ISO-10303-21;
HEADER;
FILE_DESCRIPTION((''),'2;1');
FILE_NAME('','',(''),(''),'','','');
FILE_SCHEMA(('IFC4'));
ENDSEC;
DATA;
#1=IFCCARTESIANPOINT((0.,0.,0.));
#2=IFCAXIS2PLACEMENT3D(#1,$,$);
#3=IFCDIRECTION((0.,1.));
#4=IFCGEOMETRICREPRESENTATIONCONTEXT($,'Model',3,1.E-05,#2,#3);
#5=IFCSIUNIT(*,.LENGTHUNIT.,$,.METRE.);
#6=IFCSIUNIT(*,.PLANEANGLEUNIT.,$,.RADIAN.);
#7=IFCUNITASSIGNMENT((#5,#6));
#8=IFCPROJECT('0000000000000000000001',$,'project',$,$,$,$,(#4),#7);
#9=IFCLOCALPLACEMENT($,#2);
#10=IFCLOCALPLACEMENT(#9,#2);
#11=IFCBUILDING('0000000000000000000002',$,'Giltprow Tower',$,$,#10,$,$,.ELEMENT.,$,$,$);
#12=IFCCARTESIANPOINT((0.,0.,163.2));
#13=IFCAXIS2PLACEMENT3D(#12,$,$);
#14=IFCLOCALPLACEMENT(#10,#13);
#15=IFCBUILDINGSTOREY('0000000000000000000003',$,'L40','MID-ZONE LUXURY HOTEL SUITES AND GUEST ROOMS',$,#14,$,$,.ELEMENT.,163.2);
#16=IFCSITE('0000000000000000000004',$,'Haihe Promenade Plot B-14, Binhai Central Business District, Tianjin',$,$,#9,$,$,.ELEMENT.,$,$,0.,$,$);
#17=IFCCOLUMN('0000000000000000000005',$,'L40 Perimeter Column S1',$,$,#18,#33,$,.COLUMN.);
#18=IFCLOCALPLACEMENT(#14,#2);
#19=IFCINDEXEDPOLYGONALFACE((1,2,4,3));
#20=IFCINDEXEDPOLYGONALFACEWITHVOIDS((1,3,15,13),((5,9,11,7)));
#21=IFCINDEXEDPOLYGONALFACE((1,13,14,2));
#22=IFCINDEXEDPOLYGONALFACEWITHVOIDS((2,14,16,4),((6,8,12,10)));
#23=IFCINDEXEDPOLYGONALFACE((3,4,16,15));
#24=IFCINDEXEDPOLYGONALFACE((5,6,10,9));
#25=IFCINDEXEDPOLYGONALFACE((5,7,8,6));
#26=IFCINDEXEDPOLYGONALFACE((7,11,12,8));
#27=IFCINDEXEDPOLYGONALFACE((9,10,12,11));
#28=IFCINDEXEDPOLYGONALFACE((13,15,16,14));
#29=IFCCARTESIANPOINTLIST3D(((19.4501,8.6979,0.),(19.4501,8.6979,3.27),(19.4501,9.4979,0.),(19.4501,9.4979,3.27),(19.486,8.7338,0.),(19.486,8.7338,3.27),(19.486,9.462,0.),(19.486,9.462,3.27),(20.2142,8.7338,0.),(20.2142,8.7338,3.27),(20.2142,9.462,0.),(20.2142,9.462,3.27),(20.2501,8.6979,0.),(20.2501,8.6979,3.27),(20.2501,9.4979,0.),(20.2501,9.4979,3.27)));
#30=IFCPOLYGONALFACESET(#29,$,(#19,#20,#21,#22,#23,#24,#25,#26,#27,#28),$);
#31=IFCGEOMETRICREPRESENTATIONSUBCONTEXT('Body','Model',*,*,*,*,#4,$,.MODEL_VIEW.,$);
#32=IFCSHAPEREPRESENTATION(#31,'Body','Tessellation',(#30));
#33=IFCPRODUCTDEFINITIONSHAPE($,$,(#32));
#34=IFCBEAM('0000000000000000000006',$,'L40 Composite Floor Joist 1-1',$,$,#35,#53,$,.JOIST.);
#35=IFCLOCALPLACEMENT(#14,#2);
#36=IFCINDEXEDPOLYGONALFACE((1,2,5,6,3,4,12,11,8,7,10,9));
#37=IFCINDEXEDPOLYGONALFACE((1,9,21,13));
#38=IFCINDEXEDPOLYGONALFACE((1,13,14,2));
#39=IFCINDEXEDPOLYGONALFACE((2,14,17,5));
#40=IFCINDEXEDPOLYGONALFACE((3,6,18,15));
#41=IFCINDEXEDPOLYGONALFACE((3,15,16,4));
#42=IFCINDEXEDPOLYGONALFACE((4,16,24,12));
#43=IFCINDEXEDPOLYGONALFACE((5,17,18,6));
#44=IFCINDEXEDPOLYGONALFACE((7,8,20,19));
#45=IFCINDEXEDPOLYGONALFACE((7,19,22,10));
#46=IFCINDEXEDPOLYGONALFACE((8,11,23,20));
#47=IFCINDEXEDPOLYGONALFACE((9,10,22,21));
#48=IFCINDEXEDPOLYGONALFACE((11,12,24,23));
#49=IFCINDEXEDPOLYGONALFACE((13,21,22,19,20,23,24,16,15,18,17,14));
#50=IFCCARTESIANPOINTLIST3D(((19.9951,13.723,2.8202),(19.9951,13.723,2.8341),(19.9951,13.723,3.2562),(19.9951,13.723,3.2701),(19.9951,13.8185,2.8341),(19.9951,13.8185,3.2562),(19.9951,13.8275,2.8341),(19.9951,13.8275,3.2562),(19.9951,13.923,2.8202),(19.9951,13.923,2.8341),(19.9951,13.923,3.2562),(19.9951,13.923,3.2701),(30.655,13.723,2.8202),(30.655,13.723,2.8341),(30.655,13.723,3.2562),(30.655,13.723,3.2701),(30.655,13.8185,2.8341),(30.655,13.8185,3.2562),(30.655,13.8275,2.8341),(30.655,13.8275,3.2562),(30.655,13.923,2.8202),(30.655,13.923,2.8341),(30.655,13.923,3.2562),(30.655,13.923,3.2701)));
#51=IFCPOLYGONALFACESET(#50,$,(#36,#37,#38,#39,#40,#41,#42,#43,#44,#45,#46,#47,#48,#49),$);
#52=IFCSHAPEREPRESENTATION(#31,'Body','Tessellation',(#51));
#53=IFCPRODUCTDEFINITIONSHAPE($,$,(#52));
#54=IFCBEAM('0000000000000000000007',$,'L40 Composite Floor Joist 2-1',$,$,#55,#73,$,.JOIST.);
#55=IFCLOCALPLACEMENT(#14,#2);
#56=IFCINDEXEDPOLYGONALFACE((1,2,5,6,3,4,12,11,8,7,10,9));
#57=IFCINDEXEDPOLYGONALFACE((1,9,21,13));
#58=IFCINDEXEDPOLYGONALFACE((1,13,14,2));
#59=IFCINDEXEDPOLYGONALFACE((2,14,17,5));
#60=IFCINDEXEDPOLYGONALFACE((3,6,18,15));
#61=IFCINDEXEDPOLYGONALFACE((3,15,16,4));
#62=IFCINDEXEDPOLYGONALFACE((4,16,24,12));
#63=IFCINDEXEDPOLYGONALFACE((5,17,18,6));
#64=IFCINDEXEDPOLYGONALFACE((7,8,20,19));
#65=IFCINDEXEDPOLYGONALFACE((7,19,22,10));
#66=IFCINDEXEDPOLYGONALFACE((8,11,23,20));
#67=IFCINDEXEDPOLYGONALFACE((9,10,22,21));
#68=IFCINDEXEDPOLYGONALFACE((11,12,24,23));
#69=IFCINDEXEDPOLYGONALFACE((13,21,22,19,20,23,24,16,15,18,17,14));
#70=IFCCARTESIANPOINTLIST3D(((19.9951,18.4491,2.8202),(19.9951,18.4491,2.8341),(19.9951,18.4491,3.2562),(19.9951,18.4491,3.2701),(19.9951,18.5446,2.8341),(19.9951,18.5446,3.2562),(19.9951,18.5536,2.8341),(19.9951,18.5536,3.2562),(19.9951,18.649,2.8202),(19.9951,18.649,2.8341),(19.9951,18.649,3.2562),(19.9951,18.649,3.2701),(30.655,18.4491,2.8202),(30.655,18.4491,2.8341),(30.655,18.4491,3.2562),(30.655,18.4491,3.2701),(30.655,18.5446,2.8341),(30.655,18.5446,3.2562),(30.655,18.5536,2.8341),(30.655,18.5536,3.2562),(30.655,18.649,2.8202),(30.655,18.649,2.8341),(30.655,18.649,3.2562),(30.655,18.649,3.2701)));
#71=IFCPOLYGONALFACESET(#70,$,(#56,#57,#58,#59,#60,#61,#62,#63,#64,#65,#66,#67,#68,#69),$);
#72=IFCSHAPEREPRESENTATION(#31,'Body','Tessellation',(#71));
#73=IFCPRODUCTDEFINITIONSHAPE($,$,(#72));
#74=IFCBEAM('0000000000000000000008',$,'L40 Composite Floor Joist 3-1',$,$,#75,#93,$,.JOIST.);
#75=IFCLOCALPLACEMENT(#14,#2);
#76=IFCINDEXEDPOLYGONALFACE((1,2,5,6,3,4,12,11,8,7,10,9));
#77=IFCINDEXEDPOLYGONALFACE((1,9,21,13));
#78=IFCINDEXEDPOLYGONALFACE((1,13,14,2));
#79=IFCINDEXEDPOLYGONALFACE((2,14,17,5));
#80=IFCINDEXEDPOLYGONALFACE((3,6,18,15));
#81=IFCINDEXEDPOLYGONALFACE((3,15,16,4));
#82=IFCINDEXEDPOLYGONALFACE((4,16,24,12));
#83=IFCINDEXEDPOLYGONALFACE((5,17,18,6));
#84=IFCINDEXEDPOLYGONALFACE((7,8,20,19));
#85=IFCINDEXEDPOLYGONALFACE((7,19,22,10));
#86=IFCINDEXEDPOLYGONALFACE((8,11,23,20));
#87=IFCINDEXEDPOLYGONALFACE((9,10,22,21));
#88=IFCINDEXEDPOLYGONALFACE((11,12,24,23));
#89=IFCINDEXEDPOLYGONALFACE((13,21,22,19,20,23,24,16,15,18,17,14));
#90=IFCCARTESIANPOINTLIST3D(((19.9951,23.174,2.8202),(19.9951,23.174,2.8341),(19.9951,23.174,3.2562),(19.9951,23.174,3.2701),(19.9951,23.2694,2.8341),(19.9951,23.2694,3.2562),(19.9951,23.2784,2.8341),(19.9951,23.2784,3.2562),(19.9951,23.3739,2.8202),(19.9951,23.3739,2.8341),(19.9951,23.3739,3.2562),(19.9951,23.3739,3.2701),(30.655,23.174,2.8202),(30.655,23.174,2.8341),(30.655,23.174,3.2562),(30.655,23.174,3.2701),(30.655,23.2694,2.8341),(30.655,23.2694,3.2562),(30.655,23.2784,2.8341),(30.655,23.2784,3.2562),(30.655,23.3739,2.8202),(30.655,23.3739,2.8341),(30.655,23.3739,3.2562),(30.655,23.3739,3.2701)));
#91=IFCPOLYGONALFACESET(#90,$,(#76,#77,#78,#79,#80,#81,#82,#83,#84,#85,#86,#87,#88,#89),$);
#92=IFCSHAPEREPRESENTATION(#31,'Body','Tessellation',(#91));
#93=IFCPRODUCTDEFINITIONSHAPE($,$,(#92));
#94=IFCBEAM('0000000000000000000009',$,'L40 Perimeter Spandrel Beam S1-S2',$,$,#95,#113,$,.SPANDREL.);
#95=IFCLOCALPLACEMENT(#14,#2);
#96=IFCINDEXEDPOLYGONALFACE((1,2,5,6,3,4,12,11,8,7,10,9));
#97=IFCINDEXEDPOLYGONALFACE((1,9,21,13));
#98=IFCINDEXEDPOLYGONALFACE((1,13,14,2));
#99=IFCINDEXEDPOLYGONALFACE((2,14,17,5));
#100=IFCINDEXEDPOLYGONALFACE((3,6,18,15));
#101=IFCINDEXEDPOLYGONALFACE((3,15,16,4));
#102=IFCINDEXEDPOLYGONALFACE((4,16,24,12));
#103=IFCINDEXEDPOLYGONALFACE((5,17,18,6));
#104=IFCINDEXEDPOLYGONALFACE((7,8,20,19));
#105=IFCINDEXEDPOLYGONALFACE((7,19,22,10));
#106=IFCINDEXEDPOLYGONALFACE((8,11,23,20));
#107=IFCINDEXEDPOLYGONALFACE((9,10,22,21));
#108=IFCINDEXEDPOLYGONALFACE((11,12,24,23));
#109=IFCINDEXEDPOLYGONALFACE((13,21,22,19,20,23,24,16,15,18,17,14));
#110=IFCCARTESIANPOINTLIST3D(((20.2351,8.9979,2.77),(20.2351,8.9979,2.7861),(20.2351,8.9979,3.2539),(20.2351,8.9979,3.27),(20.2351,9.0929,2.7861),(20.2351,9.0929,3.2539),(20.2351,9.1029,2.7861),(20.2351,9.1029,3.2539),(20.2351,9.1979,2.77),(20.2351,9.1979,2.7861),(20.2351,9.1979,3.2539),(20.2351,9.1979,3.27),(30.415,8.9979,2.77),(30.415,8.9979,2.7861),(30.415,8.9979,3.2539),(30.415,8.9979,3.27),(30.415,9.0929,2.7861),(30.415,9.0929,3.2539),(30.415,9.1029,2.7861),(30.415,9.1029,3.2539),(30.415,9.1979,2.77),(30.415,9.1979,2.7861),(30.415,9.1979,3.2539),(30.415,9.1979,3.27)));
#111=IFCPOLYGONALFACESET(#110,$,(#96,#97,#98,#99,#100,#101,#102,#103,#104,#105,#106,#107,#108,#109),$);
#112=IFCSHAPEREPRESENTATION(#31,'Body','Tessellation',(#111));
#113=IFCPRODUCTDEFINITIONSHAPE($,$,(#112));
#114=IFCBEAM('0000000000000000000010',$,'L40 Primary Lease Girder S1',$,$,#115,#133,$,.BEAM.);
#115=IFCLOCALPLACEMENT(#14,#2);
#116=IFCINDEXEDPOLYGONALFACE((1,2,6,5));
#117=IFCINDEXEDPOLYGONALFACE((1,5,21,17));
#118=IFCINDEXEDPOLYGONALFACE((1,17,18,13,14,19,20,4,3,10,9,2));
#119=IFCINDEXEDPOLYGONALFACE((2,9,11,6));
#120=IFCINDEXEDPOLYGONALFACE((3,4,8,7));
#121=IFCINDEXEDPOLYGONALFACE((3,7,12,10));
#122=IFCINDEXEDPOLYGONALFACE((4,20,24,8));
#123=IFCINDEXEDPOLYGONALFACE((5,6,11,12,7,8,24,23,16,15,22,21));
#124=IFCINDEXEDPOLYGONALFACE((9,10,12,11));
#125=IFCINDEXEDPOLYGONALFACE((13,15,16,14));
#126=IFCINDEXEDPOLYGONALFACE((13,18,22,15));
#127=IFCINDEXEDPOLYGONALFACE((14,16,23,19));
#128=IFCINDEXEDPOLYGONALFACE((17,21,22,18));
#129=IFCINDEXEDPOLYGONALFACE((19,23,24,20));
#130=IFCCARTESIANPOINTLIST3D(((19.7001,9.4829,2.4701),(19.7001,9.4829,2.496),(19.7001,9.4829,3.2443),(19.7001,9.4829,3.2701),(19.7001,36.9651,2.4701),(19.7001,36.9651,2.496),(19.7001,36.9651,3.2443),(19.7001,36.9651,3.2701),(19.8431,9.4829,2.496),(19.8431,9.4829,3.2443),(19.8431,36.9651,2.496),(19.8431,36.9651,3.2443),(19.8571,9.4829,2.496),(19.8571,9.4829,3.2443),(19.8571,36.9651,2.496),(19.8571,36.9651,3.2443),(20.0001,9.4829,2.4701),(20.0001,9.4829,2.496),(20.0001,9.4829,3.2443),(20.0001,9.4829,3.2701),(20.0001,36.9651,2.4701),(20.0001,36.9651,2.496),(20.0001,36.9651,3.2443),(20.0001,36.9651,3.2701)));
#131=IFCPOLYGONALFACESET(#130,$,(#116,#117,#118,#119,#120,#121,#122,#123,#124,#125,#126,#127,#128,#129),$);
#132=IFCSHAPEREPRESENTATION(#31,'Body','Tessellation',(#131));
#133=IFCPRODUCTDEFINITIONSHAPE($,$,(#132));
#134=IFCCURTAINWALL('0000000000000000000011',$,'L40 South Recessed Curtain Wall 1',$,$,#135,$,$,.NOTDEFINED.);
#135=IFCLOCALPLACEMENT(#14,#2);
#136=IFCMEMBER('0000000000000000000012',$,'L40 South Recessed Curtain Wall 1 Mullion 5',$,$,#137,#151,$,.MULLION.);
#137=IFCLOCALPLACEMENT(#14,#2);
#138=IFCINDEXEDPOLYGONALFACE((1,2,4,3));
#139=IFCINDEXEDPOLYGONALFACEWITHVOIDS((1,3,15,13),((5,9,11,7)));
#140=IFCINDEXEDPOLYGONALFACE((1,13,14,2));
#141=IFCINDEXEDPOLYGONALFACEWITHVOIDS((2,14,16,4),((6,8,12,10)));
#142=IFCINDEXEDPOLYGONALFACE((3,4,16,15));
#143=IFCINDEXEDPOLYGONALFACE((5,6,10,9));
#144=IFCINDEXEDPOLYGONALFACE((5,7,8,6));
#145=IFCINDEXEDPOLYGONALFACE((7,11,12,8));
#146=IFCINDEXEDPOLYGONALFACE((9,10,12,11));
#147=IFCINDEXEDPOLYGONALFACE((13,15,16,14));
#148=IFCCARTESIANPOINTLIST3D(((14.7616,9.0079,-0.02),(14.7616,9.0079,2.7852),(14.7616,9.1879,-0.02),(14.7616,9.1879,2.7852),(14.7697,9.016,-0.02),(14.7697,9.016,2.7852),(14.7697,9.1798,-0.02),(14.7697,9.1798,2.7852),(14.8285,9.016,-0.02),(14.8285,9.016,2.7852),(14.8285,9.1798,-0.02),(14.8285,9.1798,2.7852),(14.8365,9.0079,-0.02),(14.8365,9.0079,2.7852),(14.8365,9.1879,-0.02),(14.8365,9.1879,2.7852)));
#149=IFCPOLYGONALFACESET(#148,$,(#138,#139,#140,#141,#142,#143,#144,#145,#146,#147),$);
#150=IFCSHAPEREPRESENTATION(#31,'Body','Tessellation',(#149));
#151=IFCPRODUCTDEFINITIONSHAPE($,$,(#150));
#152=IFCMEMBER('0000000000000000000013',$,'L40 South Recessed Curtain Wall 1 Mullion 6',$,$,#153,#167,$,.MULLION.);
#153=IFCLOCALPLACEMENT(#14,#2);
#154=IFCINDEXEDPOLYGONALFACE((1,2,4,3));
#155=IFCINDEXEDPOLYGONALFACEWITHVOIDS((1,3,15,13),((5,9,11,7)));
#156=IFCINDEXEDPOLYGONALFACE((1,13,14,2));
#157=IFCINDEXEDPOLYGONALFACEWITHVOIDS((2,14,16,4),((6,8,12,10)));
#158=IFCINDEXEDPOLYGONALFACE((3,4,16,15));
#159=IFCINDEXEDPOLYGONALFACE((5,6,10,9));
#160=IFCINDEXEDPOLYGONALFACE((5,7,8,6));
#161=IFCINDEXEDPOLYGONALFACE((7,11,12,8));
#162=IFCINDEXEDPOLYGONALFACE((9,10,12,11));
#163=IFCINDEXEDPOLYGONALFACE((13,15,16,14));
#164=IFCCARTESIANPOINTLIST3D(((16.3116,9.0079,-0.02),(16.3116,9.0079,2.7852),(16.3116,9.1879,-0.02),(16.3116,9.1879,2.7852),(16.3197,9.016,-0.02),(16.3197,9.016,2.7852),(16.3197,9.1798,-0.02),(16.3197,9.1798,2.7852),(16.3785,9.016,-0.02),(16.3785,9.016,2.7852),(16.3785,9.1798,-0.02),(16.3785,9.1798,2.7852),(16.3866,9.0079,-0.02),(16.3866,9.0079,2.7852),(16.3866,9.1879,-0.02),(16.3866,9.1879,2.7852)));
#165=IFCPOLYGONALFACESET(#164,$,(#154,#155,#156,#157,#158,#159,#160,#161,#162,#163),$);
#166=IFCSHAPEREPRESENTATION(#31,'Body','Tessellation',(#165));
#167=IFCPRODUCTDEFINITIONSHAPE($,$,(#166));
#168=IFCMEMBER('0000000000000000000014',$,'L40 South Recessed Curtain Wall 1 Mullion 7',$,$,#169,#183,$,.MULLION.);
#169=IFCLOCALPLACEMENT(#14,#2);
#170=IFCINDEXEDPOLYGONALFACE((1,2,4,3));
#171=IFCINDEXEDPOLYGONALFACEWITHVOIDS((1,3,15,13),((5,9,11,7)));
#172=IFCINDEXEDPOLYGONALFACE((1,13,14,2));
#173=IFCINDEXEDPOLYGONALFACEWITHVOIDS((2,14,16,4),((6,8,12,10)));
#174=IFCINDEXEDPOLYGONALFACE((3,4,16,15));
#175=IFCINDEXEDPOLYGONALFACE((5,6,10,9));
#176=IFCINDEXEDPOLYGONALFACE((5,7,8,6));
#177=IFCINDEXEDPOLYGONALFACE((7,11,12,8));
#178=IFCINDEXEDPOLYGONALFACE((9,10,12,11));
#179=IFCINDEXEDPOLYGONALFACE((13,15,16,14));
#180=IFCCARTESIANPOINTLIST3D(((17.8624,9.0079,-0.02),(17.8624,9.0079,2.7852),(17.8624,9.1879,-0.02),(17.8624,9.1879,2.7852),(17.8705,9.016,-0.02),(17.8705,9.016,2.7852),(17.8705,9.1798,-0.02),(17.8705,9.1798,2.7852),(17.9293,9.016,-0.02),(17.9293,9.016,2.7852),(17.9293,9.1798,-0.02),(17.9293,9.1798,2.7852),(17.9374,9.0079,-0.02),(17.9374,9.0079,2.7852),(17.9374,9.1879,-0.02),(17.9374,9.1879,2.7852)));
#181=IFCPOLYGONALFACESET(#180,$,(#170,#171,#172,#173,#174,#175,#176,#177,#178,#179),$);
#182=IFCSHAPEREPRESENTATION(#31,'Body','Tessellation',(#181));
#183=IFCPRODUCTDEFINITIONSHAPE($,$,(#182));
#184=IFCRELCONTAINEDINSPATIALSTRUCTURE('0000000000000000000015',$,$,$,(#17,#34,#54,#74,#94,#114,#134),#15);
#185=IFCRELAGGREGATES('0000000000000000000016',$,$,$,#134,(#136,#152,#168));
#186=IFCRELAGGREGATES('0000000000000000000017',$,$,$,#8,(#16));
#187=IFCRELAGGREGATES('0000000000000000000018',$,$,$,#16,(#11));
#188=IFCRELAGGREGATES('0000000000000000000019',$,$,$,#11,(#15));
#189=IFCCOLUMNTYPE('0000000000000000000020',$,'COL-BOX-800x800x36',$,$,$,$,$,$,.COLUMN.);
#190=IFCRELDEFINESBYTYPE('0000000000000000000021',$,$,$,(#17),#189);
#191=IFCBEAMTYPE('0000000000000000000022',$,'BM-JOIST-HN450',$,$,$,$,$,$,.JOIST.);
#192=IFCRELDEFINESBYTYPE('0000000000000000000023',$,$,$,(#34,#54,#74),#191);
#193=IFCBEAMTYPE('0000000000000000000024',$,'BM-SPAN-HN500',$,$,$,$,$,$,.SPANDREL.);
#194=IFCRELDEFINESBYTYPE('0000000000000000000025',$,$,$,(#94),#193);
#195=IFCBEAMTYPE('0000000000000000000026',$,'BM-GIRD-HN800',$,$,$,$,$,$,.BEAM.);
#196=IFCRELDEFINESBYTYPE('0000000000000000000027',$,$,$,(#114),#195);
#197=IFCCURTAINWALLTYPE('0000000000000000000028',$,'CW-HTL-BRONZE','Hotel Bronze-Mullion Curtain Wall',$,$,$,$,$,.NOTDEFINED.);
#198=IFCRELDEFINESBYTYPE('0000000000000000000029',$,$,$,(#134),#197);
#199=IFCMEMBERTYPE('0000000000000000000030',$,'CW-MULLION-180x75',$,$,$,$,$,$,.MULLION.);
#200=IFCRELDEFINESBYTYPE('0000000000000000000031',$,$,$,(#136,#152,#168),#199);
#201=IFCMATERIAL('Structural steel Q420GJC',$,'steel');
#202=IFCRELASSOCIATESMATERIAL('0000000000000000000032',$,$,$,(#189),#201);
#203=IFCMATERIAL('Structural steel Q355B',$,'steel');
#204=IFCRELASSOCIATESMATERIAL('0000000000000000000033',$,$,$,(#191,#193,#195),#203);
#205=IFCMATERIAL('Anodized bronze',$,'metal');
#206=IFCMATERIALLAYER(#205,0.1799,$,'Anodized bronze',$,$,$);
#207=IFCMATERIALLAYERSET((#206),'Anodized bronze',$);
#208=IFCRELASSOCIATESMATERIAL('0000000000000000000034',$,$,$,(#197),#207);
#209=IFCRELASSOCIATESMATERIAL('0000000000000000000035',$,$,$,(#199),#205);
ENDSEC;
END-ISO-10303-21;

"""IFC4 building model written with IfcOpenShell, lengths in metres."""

from ifc_helpers import new_model, si_unit, direction, frame, origin, origin_2d, place, context, subcontext, project, spatial, hollow_rectangle, i_section, extrude, source, transform, mapped, material, layer, layer_set, material_profile, profile_set, type_object, element, aggregate, save


model = new_model("IFC4")

# Units and contexts
model_context = context("Model", 3, precision=1e-05, world=origin(), true_north=direction((0.0, 1.0)))
body_context = subcontext(model_context, "Body", "Model", "MODEL_VIEW")
ifc_project = project(units=[si_unit("LENGTHUNIT", "METRE"), si_unit("PLANEANGLEUNIT", "RADIAN")], contexts=[model_context])

# Site, building, storey
site_placement = place(None, origin())
site = spatial("IfcSite", under=ifc_project, at=site_placement, Name="Haihe Promenade Plot B-14, Binhai Central Business District, Tianjin", CompositionType="ELEMENT", RefElevation=0.0)
building_placement = place(site_placement, origin())
building = spatial("IfcBuilding", under=site, at=building_placement, Name="Giltprow Tower", CompositionType="ELEMENT")
storey_placement = place(building_placement, frame((0.0, 0.0, 163.2)))
storey = spatial("IfcBuildingStorey", under=building, at=storey_placement, Name="L40", Description="MID-ZONE LUXURY HOTEL SUITES AND GUEST ROOMS", CompositionType="ELEMENT", Elevation=163.2)

# Column
ifc_material_1 = material(Name="Structural steel Q420GJC", Category="steel")
ifc_material_profile_1 = material_profile(ifc_material_1, hollow_rectangle(XDim=0.8, YDim=0.8, WallThickness=0.0359, at=origin_2d()), Name="BOX 800x800x36")
ifc_profile_set_1 = profile_set([ifc_material_profile_1], Name="Structural steel Q420GJC")
column_type = type_object("IfcColumnType", Name="COL-BOX-800x800x36", PredefinedType="COLUMN", material=ifc_profile_set_1)
shared_shape_1 = source(origin(), body_context, "Body", "SweptSolid", [
    extrude(hollow_rectangle(XDim=0.8, YDim=0.8, WallThickness=0.0359, at=origin_2d()), origin(), (0.0, 0.0, 1.0), 3.27),
])
column_placement = place(storey_placement, frame((19.8501, 9.0979, 0.0), z_axis=(0.0, 0.0, 1.0), x_axis=(1.0, 0.0, 0.0)))
element("IfcColumn", 1, at=column_placement, inside=storey, type_object=column_type, Name="L40 Perimeter Column S1", PredefinedType="COLUMN", context=body_context, shape_type="MappedRepresentation", body=[
    mapped(shared_shape_1, transform((0.0, 0.0, 0.0), x_axis=(1.0, 0.0, 0.0), y_axis=(0.0, 1.0, 0.0), z_axis=(0.0, 0.0, 1.0), scale=1.0)),
])

# Beams
ifc_material_2 = material(Name="Structural steel Q355B", Category="steel")
ifc_material_profile_2 = material_profile(ifc_material_2, i_section(OverallWidth=0.2, OverallDepth=0.45, WebThickness=0.009, FlangeThickness=0.0139, at=origin_2d()), Name="HN 450x200x9x14")
ifc_profile_set_2 = profile_set([ifc_material_profile_2], Name="Structural steel Q355B")
beam_type_1 = type_object("IfcBeamType", Name="BM-JOIST-HN450", PredefinedType="JOIST", material=ifc_profile_set_2)
shared_shape_2 = source(origin(), body_context, "Body", "SweptSolid", [
    extrude(i_section(OverallWidth=0.2, OverallDepth=0.45, WebThickness=0.009, FlangeThickness=0.0139, at=origin_2d()), origin(), (0.0, 0.0, 1.0), 10.6599),
])
for number, where, z_axis, x_axis, name in (
    (2, (19.9951, 13.823, 3.0452), (1.0, 0.0, 0.0), (0.0, 1.0, 0.0), "L40 Composite Floor Joist 1-1"),
    (3, (19.9951, 18.5491, 3.0452), (1.0, 0.0, 0.0), (0.0, 1.0, 0.0), "L40 Composite Floor Joist 2-1"),
    (4, (19.9951, 23.2739, 3.0452), (1.0, 0.0, 0.0), (0.0, 1.0, 0.0), "L40 Composite Floor Joist 3-1"),
):
    element("IfcBeam", number, at=place(storey_placement, frame(where, z_axis=z_axis, x_axis=x_axis)), inside=storey, type_object=beam_type_1, Name=name, PredefinedType="JOIST", context=body_context, shape_type="MappedRepresentation", body=[
        mapped(shared_shape_2, transform((0.0, 0.0, 0.0), x_axis=(1.0, 0.0, 0.0), y_axis=(0.0, 1.0, 0.0), z_axis=(0.0, 0.0, 1.0), scale=1.0)),
    ])
ifc_material_profile_3 = material_profile(ifc_material_2, i_section(OverallWidth=0.2, OverallDepth=0.5, WebThickness=0.01, FlangeThickness=0.0161, at=origin_2d()), Name="HN 500x200x10x16")
ifc_profile_set_3 = profile_set([ifc_material_profile_3], Name="Structural steel Q355B")
beam_type_2 = type_object("IfcBeamType", Name="BM-SPAN-HN500", PredefinedType="SPANDREL", material=ifc_profile_set_3)
shared_shape_3 = source(origin(), body_context, "Body", "SweptSolid", [
    extrude(i_section(OverallWidth=0.2, OverallDepth=0.5, WebThickness=0.01, FlangeThickness=0.0161, at=origin_2d()), origin(), (0.0, 0.0, 1.0), 10.1799),
])
beam_1_placement = place(storey_placement, frame((20.2351, 9.0979, 3.02), z_axis=(1.0, 0.0, 0.0), x_axis=(0.0, 1.0, 0.0)))
element("IfcBeam", 5, at=beam_1_placement, inside=storey, type_object=beam_type_2, Name="L40 Perimeter Spandrel Beam S1-S2", PredefinedType="SPANDREL", context=body_context, shape_type="MappedRepresentation", body=[
    mapped(shared_shape_3, transform((0.0, 0.0, 0.0), x_axis=(1.0, 0.0, 0.0), y_axis=(0.0, 1.0, 0.0), z_axis=(0.0, 0.0, 1.0), scale=1.0)),
])
ifc_material_profile_4 = material_profile(ifc_material_2, i_section(OverallWidth=0.3, OverallDepth=0.8, WebThickness=0.0139, FlangeThickness=0.0259, at=origin_2d()), Name="HN 800x300x14x26")
ifc_profile_set_4 = profile_set([ifc_material_profile_4], Name="Structural steel Q355B")
beam_type_3 = type_object("IfcBeamType", Name="BM-GIRD-HN800", PredefinedType="BEAM", material=ifc_profile_set_4)
shared_shape_4 = source(origin(), body_context, "Body", "SweptSolid", [
    extrude(i_section(OverallWidth=0.3, OverallDepth=0.8, WebThickness=0.0139, FlangeThickness=0.0259, at=origin_2d()), origin(), (0.0, 0.0, 1.0), 27.4822),
])
beam_2_placement = place(storey_placement, frame((19.8501, 9.4829, 2.8701), z_axis=(0.0, 1.0, 0.0), x_axis=(-1.0, 0.0, 0.0)))
element("IfcBeam", 6, at=beam_2_placement, inside=storey, type_object=beam_type_3, Name="L40 Primary Lease Girder S1", PredefinedType="BEAM", context=body_context, shape_type="MappedRepresentation", body=[
    mapped(shared_shape_4, transform((0.0, 0.0, 0.0), x_axis=(1.0, 0.0, 0.0), y_axis=(0.0, 1.0, 0.0), z_axis=(0.0, 0.0, 1.0), scale=1.0)),
])

# Curtain wall, members
ifc_material_3 = material(Name="Anodized bronze", Category="metal")
ifc_layer = layer(ifc_material_3, 0.1799, Name="Anodized bronze")
ifc_layer_set = layer_set([ifc_layer], Name="Anodized bronze")
curtain_wall_type = type_object("IfcCurtainWallType", Name="CW-HTL-BRONZE", Description="Hotel Bronze-Mullion Curtain Wall", PredefinedType="NOTDEFINED", material=ifc_layer_set)
curtain_wall_placement = place(storey_placement, origin())
curtain_wall = element("IfcCurtainWall", 7, at=curtain_wall_placement, inside=storey, type_object=curtain_wall_type, Name="L40 South Recessed Curtain Wall 1", PredefinedType="NOTDEFINED")
ifc_material_profile_5 = material_profile(ifc_material_3, hollow_rectangle(XDim=0.075, YDim=0.1799, WallThickness=0.0081, at=origin_2d()), Name="RHS 180x75x8")
ifc_profile_set_5 = profile_set([ifc_material_profile_5], Name="Anodized bronze")
member_type = type_object("IfcMemberType", Name="CW-MULLION-180x75", PredefinedType="MULLION", material=ifc_profile_set_5)
shared_shape_5 = source(origin(), body_context, "Body", "SweptSolid", [
    extrude(hollow_rectangle(XDim=0.075, YDim=0.1799, WallThickness=0.0081, at=origin_2d()), origin(), (0.0, 0.0, 1.0), 2.8052),
])
member_1_placement = place(storey_placement, frame((14.7991, 9.0979, -0.02), z_axis=(0.0, 0.0, 1.0), x_axis=(1.0, 0.0, 0.0)))
member_1 = element("IfcMember", 8, at=member_1_placement, type_object=member_type, Name="L40 South Recessed Curtain Wall 1 Mullion 5", PredefinedType="MULLION", context=body_context, shape_type="MappedRepresentation", body=[
    mapped(shared_shape_5, transform((0.0, 0.0, 0.0), x_axis=(1.0, 0.0, 0.0), y_axis=(0.0, 1.0, 0.0), z_axis=(0.0, 0.0, 1.0), scale=1.0)),
])
member_2_placement = place(storey_placement, frame((16.3491, 9.0979, -0.02), z_axis=(0.0, 0.0, 1.0), x_axis=(1.0, 0.0, 0.0)))
member_2 = element("IfcMember", 9, at=member_2_placement, type_object=member_type, Name="L40 South Recessed Curtain Wall 1 Mullion 6", PredefinedType="MULLION", context=body_context, shape_type="MappedRepresentation", body=[
    mapped(shared_shape_5, transform((0.0, 0.0, 0.0), x_axis=(1.0, 0.0, 0.0), y_axis=(0.0, 1.0, 0.0), z_axis=(0.0, 0.0, 1.0), scale=1.0)),
])
member_3_placement = place(storey_placement, frame((17.8999, 9.0979, -0.02), z_axis=(0.0, 0.0, 1.0), x_axis=(1.0, 0.0, 0.0)))
member_3 = element("IfcMember", 10, at=member_3_placement, type_object=member_type, Name="L40 South Recessed Curtain Wall 1 Mullion 7", PredefinedType="MULLION", context=body_context, shape_type="MappedRepresentation", body=[
    mapped(shared_shape_5, transform((0.0, 0.0, 0.0), x_axis=(1.0, 0.0, 0.0), y_axis=(0.0, 1.0, 0.0), z_axis=(0.0, 0.0, 1.0), scale=1.0)),
])
aggregate(curtain_wall, [member_1, member_2, member_3])

save(model, "model.ifc")
